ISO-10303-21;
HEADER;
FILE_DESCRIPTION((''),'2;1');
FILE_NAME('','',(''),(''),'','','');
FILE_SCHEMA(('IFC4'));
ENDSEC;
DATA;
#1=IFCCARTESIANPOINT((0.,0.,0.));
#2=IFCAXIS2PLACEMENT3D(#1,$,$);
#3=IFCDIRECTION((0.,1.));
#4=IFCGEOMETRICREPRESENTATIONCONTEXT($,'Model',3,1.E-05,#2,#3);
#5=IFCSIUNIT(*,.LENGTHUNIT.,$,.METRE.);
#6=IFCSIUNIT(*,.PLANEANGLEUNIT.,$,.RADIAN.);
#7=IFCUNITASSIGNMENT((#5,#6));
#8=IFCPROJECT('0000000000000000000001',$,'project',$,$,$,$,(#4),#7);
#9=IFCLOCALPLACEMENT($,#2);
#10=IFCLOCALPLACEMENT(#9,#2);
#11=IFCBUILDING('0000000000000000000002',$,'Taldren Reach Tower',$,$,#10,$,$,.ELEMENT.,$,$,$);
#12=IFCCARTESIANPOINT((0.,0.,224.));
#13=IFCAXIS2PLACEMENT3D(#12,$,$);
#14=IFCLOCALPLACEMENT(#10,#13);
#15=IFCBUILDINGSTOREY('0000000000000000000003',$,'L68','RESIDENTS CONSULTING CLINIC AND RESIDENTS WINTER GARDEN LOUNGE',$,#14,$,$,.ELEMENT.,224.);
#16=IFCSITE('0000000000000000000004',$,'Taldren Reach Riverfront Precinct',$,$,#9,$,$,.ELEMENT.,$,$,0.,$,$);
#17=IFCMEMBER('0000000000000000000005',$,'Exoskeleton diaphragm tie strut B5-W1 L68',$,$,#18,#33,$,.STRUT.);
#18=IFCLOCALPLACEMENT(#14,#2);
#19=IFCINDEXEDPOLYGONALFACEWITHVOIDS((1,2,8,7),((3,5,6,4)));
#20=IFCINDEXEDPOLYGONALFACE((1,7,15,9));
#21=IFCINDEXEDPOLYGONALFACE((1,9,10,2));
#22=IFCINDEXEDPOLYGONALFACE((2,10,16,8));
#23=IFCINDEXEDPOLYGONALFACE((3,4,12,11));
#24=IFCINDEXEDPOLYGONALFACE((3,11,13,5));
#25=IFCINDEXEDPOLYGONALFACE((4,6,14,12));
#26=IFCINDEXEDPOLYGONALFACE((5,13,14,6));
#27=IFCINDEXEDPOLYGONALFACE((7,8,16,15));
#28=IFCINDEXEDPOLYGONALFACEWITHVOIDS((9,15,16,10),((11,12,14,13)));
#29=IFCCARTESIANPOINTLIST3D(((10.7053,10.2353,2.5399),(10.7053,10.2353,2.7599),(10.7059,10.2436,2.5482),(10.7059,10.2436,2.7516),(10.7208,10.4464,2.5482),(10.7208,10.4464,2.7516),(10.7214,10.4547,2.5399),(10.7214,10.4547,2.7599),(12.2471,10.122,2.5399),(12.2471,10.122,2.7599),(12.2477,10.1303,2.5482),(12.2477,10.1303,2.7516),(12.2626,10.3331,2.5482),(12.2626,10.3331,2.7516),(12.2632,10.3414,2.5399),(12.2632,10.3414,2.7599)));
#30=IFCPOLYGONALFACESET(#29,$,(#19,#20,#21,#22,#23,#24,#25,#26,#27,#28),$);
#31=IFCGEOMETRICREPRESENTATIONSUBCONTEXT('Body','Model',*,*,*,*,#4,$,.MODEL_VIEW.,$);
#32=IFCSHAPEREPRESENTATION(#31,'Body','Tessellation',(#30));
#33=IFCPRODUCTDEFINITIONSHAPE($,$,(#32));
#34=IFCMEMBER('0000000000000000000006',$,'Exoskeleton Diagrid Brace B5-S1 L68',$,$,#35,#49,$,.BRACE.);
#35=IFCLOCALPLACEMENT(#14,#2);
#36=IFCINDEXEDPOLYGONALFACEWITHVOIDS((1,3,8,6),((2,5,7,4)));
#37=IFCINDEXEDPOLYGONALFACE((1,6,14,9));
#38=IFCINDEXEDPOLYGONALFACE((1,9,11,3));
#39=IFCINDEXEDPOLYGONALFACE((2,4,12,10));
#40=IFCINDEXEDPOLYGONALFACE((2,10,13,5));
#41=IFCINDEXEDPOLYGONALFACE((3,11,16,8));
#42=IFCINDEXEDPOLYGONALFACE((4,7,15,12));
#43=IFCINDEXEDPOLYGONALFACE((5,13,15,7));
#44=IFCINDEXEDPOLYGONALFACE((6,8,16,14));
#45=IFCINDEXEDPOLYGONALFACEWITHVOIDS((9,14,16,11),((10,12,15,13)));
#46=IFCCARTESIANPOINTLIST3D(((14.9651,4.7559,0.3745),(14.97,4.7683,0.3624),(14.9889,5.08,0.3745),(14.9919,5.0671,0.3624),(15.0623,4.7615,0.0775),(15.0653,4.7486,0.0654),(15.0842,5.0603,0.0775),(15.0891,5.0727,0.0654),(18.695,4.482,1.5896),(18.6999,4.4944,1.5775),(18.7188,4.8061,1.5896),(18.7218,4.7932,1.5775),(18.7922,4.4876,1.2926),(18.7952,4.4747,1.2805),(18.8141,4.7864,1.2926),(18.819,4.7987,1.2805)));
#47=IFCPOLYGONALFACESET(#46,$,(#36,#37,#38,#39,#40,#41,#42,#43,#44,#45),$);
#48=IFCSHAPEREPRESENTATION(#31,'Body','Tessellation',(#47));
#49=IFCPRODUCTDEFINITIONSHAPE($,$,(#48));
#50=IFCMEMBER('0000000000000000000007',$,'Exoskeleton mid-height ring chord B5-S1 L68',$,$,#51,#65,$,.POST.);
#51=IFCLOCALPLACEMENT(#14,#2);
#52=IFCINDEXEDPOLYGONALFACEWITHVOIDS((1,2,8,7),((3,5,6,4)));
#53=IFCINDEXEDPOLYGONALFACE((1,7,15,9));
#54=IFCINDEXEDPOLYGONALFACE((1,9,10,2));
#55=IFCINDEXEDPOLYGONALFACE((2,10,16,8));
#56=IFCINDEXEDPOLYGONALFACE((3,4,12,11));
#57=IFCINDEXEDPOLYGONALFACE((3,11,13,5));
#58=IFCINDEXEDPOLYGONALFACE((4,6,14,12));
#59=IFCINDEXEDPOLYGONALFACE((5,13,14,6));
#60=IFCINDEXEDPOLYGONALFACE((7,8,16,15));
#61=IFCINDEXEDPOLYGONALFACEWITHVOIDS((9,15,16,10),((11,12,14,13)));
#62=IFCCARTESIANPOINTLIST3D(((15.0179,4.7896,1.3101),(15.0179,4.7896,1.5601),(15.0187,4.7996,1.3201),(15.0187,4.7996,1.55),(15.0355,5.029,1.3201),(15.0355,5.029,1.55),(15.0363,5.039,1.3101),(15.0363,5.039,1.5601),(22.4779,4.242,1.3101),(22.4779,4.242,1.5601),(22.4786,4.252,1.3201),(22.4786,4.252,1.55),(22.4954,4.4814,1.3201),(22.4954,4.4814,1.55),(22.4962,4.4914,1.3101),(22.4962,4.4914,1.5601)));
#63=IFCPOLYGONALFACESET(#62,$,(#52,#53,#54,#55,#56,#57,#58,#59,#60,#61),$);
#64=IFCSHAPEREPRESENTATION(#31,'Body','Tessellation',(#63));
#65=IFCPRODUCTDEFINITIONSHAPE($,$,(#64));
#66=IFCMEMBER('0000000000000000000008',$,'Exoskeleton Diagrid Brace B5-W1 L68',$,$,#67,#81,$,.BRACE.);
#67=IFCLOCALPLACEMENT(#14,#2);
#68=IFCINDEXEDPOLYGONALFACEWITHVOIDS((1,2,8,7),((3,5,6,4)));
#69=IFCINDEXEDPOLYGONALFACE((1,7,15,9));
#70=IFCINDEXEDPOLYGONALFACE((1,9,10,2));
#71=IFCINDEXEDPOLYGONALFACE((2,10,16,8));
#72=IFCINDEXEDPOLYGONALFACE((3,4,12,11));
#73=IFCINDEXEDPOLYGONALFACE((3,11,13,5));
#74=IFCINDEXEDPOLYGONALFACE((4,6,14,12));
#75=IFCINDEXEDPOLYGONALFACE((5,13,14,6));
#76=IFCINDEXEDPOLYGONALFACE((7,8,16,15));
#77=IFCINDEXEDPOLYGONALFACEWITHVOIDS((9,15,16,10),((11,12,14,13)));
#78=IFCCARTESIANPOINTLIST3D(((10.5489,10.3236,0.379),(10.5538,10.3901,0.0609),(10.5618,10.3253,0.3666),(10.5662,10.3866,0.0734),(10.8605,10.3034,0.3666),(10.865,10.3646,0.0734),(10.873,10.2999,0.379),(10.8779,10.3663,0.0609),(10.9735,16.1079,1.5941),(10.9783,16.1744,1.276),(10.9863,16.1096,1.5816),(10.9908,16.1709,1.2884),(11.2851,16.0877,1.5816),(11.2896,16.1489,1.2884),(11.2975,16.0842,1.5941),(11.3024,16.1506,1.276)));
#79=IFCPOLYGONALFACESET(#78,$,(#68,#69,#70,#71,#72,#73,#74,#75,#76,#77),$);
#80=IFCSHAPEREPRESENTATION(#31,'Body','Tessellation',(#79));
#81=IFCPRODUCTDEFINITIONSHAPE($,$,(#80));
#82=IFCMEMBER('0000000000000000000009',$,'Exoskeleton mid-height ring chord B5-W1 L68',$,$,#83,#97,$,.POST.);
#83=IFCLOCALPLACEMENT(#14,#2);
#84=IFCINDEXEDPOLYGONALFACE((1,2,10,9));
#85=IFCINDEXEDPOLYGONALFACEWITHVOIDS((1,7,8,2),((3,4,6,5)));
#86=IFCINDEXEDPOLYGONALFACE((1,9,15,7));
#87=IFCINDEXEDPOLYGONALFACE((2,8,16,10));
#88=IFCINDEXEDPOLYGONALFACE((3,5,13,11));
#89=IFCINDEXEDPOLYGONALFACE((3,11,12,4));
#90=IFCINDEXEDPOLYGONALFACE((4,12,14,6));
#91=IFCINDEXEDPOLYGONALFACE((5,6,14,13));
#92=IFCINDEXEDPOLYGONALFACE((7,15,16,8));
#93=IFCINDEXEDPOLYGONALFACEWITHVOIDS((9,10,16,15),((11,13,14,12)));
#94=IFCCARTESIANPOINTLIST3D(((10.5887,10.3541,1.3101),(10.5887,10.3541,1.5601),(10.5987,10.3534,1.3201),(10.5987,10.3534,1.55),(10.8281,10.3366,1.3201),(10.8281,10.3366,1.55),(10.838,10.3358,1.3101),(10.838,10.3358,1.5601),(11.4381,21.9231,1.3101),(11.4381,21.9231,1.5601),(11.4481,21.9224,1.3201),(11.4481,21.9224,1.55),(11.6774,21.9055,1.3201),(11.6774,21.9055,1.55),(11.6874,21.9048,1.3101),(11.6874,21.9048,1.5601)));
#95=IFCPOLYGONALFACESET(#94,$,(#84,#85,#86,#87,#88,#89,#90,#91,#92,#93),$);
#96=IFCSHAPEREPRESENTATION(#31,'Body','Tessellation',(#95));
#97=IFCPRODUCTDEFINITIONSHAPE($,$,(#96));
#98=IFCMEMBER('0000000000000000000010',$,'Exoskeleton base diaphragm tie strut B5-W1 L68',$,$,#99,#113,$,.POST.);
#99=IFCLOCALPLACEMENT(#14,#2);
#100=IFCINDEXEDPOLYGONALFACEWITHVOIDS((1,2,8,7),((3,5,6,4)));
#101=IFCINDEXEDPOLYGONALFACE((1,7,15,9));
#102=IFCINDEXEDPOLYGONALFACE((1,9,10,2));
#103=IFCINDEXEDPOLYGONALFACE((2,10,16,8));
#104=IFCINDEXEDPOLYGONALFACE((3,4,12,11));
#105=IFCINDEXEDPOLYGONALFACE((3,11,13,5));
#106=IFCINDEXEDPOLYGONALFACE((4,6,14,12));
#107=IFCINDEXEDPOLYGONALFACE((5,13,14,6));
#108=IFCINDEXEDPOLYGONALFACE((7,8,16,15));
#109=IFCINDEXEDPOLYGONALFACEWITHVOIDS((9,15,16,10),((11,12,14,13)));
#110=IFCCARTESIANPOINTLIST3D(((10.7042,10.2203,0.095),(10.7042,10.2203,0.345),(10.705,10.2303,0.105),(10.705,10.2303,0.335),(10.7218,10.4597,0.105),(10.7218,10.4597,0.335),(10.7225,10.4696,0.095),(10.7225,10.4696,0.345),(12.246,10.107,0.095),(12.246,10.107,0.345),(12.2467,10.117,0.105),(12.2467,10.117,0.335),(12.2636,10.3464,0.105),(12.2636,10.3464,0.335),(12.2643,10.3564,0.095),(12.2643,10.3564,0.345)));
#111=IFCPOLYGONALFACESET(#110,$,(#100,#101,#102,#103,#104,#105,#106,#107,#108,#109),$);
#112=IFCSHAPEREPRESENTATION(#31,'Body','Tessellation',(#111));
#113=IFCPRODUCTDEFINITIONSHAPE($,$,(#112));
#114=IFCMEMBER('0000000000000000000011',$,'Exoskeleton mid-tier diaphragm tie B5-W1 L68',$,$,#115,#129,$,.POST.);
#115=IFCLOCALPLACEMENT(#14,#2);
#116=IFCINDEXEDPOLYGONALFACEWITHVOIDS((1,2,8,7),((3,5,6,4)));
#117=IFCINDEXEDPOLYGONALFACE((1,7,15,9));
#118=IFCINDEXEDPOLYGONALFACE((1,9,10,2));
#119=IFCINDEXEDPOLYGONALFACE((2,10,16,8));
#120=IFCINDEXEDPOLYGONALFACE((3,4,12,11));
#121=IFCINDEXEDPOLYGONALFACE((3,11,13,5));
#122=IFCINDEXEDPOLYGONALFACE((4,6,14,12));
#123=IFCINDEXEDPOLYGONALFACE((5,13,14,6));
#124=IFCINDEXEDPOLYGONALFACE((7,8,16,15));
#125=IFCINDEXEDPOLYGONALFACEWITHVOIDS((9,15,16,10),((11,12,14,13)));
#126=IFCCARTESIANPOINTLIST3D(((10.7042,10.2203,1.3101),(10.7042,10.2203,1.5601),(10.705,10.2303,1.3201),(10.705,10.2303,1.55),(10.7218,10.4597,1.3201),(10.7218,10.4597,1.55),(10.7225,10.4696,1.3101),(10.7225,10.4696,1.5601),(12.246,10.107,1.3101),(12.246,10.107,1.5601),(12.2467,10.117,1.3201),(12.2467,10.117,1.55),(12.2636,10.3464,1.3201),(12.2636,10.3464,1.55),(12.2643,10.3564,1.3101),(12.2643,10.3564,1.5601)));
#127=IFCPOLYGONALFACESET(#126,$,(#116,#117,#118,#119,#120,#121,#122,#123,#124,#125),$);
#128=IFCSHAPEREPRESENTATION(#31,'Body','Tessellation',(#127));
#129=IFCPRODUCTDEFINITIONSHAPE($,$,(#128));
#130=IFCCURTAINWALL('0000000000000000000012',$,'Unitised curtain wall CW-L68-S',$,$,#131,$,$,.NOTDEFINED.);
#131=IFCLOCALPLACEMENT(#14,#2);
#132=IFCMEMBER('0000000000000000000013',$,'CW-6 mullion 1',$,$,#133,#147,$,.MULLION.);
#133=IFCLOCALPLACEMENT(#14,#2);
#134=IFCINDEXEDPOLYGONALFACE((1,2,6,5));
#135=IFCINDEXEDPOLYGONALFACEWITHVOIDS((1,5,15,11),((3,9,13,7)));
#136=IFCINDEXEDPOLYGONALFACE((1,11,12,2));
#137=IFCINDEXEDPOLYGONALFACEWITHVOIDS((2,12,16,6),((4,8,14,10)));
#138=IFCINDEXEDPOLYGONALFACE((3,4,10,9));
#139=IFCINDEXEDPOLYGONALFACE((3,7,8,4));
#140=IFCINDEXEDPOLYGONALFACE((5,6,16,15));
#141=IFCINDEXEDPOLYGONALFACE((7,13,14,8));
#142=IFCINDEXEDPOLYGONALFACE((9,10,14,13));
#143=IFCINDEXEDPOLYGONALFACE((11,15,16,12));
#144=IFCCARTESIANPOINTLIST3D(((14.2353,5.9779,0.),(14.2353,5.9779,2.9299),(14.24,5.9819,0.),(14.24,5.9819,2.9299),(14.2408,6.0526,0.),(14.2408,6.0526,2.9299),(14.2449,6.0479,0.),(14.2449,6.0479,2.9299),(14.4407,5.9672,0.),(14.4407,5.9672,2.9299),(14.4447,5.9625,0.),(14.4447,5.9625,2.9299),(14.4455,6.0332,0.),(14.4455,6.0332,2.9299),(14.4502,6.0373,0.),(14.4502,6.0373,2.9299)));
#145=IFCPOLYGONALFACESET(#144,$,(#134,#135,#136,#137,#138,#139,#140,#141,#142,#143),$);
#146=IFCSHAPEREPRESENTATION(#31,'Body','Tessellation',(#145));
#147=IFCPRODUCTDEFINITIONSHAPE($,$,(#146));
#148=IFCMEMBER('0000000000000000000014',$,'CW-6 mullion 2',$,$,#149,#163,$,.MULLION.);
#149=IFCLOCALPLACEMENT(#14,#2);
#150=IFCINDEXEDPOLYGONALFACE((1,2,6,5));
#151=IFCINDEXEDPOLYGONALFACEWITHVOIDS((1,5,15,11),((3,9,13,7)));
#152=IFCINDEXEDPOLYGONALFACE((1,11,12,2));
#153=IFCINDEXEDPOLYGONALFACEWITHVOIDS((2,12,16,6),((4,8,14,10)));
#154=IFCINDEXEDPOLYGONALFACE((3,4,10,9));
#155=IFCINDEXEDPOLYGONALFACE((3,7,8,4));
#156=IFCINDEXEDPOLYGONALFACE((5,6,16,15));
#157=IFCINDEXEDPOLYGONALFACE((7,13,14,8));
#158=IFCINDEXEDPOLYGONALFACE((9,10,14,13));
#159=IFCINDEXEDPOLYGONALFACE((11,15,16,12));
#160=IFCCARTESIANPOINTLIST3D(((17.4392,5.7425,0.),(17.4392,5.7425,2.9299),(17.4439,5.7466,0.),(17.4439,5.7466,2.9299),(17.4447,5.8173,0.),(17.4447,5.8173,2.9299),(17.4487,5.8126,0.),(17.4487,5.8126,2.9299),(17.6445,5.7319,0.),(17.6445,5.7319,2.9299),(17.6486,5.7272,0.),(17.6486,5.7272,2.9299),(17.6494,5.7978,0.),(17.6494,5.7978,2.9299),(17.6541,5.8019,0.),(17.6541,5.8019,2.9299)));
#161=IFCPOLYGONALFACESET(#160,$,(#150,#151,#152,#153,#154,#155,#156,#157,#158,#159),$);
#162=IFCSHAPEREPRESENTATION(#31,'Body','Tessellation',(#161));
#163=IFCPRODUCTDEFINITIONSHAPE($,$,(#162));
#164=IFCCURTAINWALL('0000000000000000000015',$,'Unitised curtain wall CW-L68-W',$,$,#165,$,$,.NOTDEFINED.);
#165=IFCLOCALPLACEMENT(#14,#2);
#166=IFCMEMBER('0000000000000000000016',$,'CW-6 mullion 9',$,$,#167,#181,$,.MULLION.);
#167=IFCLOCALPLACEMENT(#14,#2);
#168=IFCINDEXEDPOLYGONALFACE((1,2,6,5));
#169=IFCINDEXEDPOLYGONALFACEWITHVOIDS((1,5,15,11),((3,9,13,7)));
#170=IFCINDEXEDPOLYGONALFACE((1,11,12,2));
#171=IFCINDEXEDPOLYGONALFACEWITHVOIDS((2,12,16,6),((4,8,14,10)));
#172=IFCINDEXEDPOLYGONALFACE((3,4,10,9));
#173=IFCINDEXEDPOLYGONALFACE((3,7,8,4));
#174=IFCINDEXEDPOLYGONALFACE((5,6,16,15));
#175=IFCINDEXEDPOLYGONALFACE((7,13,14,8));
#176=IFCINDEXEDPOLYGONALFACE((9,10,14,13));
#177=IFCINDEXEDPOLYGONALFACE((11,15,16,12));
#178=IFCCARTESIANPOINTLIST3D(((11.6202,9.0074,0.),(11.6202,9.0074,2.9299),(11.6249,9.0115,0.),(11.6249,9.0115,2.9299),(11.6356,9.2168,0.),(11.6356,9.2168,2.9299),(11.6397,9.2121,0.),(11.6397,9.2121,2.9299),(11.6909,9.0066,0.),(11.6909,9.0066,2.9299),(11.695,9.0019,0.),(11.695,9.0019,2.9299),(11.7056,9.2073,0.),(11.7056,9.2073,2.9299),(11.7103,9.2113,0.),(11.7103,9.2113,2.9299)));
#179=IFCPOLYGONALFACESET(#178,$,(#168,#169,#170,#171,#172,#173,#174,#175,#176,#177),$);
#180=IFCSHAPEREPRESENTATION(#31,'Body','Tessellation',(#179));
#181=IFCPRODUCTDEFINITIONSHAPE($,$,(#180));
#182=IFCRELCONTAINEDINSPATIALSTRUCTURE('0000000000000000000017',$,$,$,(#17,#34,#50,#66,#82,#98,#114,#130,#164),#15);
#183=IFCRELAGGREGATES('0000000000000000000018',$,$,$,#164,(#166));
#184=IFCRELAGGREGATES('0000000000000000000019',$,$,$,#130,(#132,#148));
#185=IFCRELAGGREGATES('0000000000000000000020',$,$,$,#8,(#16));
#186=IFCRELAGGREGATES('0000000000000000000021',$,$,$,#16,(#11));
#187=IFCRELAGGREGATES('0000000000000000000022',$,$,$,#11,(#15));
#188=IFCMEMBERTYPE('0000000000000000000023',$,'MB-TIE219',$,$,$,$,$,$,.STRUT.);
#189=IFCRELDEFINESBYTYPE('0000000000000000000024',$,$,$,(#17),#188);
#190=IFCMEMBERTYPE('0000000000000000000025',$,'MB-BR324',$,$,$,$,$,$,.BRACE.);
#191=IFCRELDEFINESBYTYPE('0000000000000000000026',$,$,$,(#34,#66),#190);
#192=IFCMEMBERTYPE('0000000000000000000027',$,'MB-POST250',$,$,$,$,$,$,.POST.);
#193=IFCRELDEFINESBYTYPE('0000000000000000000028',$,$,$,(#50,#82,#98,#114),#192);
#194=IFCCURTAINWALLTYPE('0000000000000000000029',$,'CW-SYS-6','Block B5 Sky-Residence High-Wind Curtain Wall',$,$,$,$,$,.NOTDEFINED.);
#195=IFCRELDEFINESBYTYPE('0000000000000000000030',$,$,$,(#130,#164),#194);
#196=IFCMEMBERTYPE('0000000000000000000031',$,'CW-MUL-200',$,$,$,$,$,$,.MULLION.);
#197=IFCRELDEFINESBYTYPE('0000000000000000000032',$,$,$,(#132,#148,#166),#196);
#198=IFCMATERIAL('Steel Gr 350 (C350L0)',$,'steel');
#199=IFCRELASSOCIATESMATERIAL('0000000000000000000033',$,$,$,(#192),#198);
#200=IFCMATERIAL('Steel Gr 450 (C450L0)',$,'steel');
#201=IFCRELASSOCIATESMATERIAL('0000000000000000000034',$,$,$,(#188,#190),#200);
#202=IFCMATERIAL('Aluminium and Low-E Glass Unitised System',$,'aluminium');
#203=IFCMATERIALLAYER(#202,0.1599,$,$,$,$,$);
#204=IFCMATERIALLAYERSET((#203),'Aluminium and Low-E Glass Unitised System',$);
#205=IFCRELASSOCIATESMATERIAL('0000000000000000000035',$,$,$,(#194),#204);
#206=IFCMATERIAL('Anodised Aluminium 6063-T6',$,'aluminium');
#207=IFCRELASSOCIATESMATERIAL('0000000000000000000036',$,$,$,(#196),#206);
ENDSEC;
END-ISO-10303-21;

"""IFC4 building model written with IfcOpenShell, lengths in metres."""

from ifc_helpers import new_model, si_unit, direction, frame, origin, origin_2d, place, context, subcontext, project, spatial, hollow_rectangle, extrude, source, transform, mapped, material, layer, layer_set, material_profile, profile_set, type_object, element, aggregate, save


model = new_model("IFC4")

# Units and contexts
model_context = context("Model", 3, precision=1e-05, world=origin(), true_north=direction((0.0, 1.0)))
body_context = subcontext(model_context, "Body", "Model", "MODEL_VIEW")
ifc_project = project(units=[si_unit("LENGTHUNIT", "METRE"), si_unit("PLANEANGLEUNIT", "RADIAN")], contexts=[model_context])

# Site, building, storey
site_placement = place(None, origin())
site = spatial("IfcSite", under=ifc_project, at=site_placement, Name="Taldren Reach Riverfront Precinct", CompositionType="ELEMENT", RefElevation=0.0)
building_placement = place(site_placement, origin())
building = spatial("IfcBuilding", under=site, at=building_placement, Name="Taldren Reach Tower", CompositionType="ELEMENT")
storey_placement = place(building_placement, frame((0.0, 0.0, 224.0)))
storey = spatial("IfcBuildingStorey", under=building, at=storey_placement, Name="L68", Description="RESIDENTS CONSULTING CLINIC AND RESIDENTS WINTER GARDEN LOUNGE", CompositionType="ELEMENT", Elevation=224.0)

# Shared definitions
ifc_material_1 = material(Name="Steel Gr 350 (C350L0)", Category="steel")

# Shared definitions
ifc_material_profile_1 = material_profile(ifc_material_1, hollow_rectangle(XDim=0.25, YDim=0.25, WallThickness=0.01, at=origin_2d()), Name="250x250x10.0SHS")
ifc_profile_set_1 = profile_set([ifc_material_profile_1], Name="Steel Gr 350 (C350L0)")
member_type_1 = type_object("IfcMemberType", Name="MB-POST250", PredefinedType="POST", material=ifc_profile_set_1)
ifc_material_2 = material(Name="Steel Gr 450 (C450L0)", Category="steel")
ifc_material_profile_2 = material_profile(ifc_material_2, hollow_rectangle(XDim=0.22, YDim=0.22, WallThickness=0.0083, at=origin_2d()), Name="220x220x8.2SHS")
ifc_profile_set_2 = profile_set([ifc_material_profile_2], Name="Steel Gr 450 (C450L0)")
member_type_2 = type_object("IfcMemberType", Name="MB-TIE219", PredefinedType="STRUT", material=ifc_profile_set_2)

# Members
shared_shape_1 = source(origin(), body_context, "Body", "SweptSolid", [
    extrude(hollow_rectangle(XDim=0.22, YDim=0.22, WallThickness=0.0083, at=origin_2d()), origin(), (0.0, 0.0, 1.0), 1.5459),
])
member_1_placement = place(storey_placement, frame((12.2551, 10.2317, 2.6499), z_axis=(-0.997312, 0.073278, 0.0), x_axis=(-0.073278, -0.997312, 0.0)))
element("IfcMember", 1, at=member_1_placement, inside=storey, type_object=member_type_2, Name="Exoskeleton diaphragm tie strut B5-W1 L68", PredefinedType="STRUT", context=body_context, shape_type="MappedRepresentation", body=[
    mapped(shared_shape_1, transform((0.0, 0.0, 0.0), scale=1.0)),
])
ifc_material_profile_3 = material_profile(ifc_material_2, hollow_rectangle(XDim=0.325, YDim=0.325, WallThickness=0.0127, at=origin_2d()), Name="325x325x12.7SHS")
ifc_profile_set_3 = profile_set([ifc_material_profile_3], Name="Steel Gr 450 (C450L0)")
member_type_3 = type_object("IfcMemberType", Name="MB-BR324", PredefinedType="BRACE", material=ifc_profile_set_3)
shared_shape_2 = source(origin(), body_context, "Body", "SweptSolid", [
    extrude(hollow_rectangle(XDim=0.325, YDim=0.325, WallThickness=0.0127, at=origin_2d()), origin(), (0.0, 0.0, 1.0), 3.9324),
])
member_2_placement = place(storey_placement, frame((15.0271, 4.9143, 0.22), z_axis=(0.948511, -0.069658, 0.308989), x_axis=(0.073242, 0.997314, 0.0)))
element("IfcMember", 2, at=member_2_placement, inside=storey, type_object=member_type_3, Name="Exoskeleton Diagrid Brace B5-S1 L68", PredefinedType="BRACE", context=body_context, shape_type="MappedRepresentation", body=[
    mapped(shared_shape_2, transform((0.0, 0.0, 0.0), scale=1.0)),
])
shared_shape_3 = source(origin(), body_context, "Body", "SweptSolid", [
    extrude(hollow_rectangle(XDim=0.25, YDim=0.25, WallThickness=0.01, at=origin_2d()), origin(), (0.0, 0.0, 1.0), 7.48),
])
member_3_placement = place(storey_placement, frame((15.0271, 4.9143, 1.4351), z_axis=(0.997317, -0.073209, 0.0), x_axis=(0.073209, 0.997317, 0.0)))
element("IfcMember", 3, at=member_3_placement, inside=storey, type_object=member_type_1, Name="Exoskeleton mid-height ring chord B5-S1 L68", PredefinedType="POST", context=body_context, shape_type="MappedRepresentation", body=[
    mapped(shared_shape_3, transform((0.0, 0.0, 0.0), scale=1.0)),
])
shared_shape_4 = source(origin(), body_context, "Body", "SweptSolid", [
    extrude(hollow_rectangle(XDim=0.325, YDim=0.325, WallThickness=0.0127, at=origin_2d()), origin(), (0.0, 0.0, 1.0), 5.9258),
])
member_4_placement = place(storey_placement, frame((10.7134, 10.345, 0.22), z_axis=(0.071645, 0.976126, 0.205047), x_axis=(-0.997317, 0.0732, 0.0)))
element("IfcMember", 4, at=member_4_placement, inside=storey, type_object=member_type_3, Name="Exoskeleton Diagrid Brace B5-W1 L68", PredefinedType="BRACE", context=body_context, shape_type="MappedRepresentation", body=[
    mapped(shared_shape_4, transform((0.0, 0.0, 0.0), scale=1.0)),
])
shared_shape_5 = source(origin(), body_context, "Body", "SweptSolid", [
    extrude(hollow_rectangle(XDim=0.25, YDim=0.25, WallThickness=0.01, at=origin_2d()), origin(), (0.0, 0.0, 1.0), 11.6001),
])
member_5_placement = place(storey_placement, frame((10.7134, 10.345, 1.4351), z_axis=(0.073221, 0.997316, 0.0), x_axis=(-0.997316, 0.073221, 0.0)))
element("IfcMember", 5, at=member_5_placement, inside=storey, type_object=member_type_1, Name="Exoskeleton mid-height ring chord B5-W1 L68", PredefinedType="POST", context=body_context, shape_type="MappedRepresentation", body=[
    mapped(shared_shape_5, transform((0.0, 0.0, 0.0), scale=1.0)),
])
shared_shape_6 = source(origin(), body_context, "Body", "SweptSolid", [
    extrude(hollow_rectangle(XDim=0.25, YDim=0.25, WallThickness=0.01, at=origin_2d()), origin(), (0.0, 0.0, 1.0), 1.5459),
])
for number, where, z_axis, x_axis, name in (
    (6, (12.2551, 10.2317, 0.22), (-0.997312, 0.073278, 0.0), (-0.073278, -0.997312, 0.0), "Exoskeleton base diaphragm tie strut B5-W1 L68"),
    (7, (12.2551, 10.2317, 1.4351), (-0.997312, 0.073278, 0.0), (-0.073278, -0.997312, 0.0), "Exoskeleton mid-tier diaphragm tie B5-W1 L68"),
):
    element("IfcMember", number, at=place(storey_placement, frame(where, z_axis=z_axis, x_axis=x_axis)), inside=storey, type_object=member_type_1, Name=name, PredefinedType="POST", context=body_context, shape_type="MappedRepresentation", body=[
        mapped(shared_shape_6, transform((0.0, 0.0, 0.0), scale=1.0)),
    ])

# Curtain wall, members
ifc_material_3 = material(Name="Aluminium and Low-E Glass Unitised System", Category="aluminium")
ifc_layer_1 = layer(ifc_material_3, 0.1599)
ifc_layer_set_1 = layer_set([ifc_layer_1], Name="Aluminium and Low-E Glass Unitised System")
curtain_wall_type = type_object("IfcCurtainWallType", Name="CW-SYS-6", Description="Block B5 Sky-Residence High-Wind Curtain Wall", PredefinedType="NOTDEFINED", material=ifc_layer_set_1)
curtain_wall_1_placement = place(storey_placement, origin())
curtain_wall_1 = element("IfcCurtainWall", 8, at=curtain_wall_1_placement, inside=storey, type_object=curtain_wall_type, Name="Unitised curtain wall CW-L68-S", PredefinedType="NOTDEFINED")
ifc_material_4 = material(Name="Anodised Aluminium 6063-T6", Category="aluminium")
ifc_material_profile_4 = material_profile(ifc_material_4, hollow_rectangle(XDim=0.075, YDim=0.21, WallThickness=0.0044, at=origin_2d()), Name="ALU-210x75x4.5RHS")
ifc_profile_set_4 = profile_set([ifc_material_profile_4], Name="Anodised Aluminium 6063-T6")
member_type_4 = type_object("IfcMemberType", Name="CW-MUL-200", PredefinedType="MULLION", material=ifc_profile_set_4)
shared_shape_7 = source(origin(), body_context, "Body", "SweptSolid", [
    extrude(hollow_rectangle(XDim=0.075, YDim=0.21, WallThickness=0.0044, at=origin_2d()), origin(), (0.0, 0.0, 1.0), 2.9299),
])
member_6_placement = place(storey_placement, frame((14.3428, 6.0076, 0.0), z_axis=(0.0, 0.0, 1.0), x_axis=(0.073238, 0.997314, 0.0)))
member_6 = element("IfcMember", 9, at=member_6_placement, type_object=member_type_4, Name="CW-6 mullion 1", PredefinedType="MULLION", context=body_context, shape_type="MappedRepresentation", body=[
    mapped(shared_shape_7, transform((0.0, 0.0, 0.0), scale=1.0)),
])
member_7_placement = place(storey_placement, frame((17.5466, 5.7722, 0.0), z_axis=(0.0, 0.0, 1.0), x_axis=(0.073238, 0.997314, 0.0)))
member_7 = element("IfcMember", 10, at=member_7_placement, type_object=member_type_4, Name="CW-6 mullion 2", PredefinedType="MULLION", context=body_context, shape_type="MappedRepresentation", body=[
    mapped(shared_shape_7, transform((0.0, 0.0, 0.0), scale=1.0)),
])

# Curtain wall, member
curtain_wall_2_placement = place(storey_placement, origin())
curtain_wall_2 = element("IfcCurtainWall", 11, at=curtain_wall_2_placement, inside=storey, type_object=curtain_wall_type, Name="Unitised curtain wall CW-L68-W", PredefinedType="NOTDEFINED")
member_8_placement = place(storey_placement, frame((11.6653, 9.1094, 0.0), z_axis=(0.0, 0.0, 1.0), x_axis=(0.997314, -0.073238, 0.0)))
member_8 = element("IfcMember", 12, at=member_8_placement, type_object=member_type_4, Name="CW-6 mullion 9", PredefinedType="MULLION", context=body_context, shape_type="MappedRepresentation", body=[
    mapped(shared_shape_7, transform((0.0, 0.0, 0.0), scale=1.0)),
])
aggregate(curtain_wall_2, [member_8])

aggregate(curtain_wall_1, [member_6, member_7])

save(model, "model.ifc")
